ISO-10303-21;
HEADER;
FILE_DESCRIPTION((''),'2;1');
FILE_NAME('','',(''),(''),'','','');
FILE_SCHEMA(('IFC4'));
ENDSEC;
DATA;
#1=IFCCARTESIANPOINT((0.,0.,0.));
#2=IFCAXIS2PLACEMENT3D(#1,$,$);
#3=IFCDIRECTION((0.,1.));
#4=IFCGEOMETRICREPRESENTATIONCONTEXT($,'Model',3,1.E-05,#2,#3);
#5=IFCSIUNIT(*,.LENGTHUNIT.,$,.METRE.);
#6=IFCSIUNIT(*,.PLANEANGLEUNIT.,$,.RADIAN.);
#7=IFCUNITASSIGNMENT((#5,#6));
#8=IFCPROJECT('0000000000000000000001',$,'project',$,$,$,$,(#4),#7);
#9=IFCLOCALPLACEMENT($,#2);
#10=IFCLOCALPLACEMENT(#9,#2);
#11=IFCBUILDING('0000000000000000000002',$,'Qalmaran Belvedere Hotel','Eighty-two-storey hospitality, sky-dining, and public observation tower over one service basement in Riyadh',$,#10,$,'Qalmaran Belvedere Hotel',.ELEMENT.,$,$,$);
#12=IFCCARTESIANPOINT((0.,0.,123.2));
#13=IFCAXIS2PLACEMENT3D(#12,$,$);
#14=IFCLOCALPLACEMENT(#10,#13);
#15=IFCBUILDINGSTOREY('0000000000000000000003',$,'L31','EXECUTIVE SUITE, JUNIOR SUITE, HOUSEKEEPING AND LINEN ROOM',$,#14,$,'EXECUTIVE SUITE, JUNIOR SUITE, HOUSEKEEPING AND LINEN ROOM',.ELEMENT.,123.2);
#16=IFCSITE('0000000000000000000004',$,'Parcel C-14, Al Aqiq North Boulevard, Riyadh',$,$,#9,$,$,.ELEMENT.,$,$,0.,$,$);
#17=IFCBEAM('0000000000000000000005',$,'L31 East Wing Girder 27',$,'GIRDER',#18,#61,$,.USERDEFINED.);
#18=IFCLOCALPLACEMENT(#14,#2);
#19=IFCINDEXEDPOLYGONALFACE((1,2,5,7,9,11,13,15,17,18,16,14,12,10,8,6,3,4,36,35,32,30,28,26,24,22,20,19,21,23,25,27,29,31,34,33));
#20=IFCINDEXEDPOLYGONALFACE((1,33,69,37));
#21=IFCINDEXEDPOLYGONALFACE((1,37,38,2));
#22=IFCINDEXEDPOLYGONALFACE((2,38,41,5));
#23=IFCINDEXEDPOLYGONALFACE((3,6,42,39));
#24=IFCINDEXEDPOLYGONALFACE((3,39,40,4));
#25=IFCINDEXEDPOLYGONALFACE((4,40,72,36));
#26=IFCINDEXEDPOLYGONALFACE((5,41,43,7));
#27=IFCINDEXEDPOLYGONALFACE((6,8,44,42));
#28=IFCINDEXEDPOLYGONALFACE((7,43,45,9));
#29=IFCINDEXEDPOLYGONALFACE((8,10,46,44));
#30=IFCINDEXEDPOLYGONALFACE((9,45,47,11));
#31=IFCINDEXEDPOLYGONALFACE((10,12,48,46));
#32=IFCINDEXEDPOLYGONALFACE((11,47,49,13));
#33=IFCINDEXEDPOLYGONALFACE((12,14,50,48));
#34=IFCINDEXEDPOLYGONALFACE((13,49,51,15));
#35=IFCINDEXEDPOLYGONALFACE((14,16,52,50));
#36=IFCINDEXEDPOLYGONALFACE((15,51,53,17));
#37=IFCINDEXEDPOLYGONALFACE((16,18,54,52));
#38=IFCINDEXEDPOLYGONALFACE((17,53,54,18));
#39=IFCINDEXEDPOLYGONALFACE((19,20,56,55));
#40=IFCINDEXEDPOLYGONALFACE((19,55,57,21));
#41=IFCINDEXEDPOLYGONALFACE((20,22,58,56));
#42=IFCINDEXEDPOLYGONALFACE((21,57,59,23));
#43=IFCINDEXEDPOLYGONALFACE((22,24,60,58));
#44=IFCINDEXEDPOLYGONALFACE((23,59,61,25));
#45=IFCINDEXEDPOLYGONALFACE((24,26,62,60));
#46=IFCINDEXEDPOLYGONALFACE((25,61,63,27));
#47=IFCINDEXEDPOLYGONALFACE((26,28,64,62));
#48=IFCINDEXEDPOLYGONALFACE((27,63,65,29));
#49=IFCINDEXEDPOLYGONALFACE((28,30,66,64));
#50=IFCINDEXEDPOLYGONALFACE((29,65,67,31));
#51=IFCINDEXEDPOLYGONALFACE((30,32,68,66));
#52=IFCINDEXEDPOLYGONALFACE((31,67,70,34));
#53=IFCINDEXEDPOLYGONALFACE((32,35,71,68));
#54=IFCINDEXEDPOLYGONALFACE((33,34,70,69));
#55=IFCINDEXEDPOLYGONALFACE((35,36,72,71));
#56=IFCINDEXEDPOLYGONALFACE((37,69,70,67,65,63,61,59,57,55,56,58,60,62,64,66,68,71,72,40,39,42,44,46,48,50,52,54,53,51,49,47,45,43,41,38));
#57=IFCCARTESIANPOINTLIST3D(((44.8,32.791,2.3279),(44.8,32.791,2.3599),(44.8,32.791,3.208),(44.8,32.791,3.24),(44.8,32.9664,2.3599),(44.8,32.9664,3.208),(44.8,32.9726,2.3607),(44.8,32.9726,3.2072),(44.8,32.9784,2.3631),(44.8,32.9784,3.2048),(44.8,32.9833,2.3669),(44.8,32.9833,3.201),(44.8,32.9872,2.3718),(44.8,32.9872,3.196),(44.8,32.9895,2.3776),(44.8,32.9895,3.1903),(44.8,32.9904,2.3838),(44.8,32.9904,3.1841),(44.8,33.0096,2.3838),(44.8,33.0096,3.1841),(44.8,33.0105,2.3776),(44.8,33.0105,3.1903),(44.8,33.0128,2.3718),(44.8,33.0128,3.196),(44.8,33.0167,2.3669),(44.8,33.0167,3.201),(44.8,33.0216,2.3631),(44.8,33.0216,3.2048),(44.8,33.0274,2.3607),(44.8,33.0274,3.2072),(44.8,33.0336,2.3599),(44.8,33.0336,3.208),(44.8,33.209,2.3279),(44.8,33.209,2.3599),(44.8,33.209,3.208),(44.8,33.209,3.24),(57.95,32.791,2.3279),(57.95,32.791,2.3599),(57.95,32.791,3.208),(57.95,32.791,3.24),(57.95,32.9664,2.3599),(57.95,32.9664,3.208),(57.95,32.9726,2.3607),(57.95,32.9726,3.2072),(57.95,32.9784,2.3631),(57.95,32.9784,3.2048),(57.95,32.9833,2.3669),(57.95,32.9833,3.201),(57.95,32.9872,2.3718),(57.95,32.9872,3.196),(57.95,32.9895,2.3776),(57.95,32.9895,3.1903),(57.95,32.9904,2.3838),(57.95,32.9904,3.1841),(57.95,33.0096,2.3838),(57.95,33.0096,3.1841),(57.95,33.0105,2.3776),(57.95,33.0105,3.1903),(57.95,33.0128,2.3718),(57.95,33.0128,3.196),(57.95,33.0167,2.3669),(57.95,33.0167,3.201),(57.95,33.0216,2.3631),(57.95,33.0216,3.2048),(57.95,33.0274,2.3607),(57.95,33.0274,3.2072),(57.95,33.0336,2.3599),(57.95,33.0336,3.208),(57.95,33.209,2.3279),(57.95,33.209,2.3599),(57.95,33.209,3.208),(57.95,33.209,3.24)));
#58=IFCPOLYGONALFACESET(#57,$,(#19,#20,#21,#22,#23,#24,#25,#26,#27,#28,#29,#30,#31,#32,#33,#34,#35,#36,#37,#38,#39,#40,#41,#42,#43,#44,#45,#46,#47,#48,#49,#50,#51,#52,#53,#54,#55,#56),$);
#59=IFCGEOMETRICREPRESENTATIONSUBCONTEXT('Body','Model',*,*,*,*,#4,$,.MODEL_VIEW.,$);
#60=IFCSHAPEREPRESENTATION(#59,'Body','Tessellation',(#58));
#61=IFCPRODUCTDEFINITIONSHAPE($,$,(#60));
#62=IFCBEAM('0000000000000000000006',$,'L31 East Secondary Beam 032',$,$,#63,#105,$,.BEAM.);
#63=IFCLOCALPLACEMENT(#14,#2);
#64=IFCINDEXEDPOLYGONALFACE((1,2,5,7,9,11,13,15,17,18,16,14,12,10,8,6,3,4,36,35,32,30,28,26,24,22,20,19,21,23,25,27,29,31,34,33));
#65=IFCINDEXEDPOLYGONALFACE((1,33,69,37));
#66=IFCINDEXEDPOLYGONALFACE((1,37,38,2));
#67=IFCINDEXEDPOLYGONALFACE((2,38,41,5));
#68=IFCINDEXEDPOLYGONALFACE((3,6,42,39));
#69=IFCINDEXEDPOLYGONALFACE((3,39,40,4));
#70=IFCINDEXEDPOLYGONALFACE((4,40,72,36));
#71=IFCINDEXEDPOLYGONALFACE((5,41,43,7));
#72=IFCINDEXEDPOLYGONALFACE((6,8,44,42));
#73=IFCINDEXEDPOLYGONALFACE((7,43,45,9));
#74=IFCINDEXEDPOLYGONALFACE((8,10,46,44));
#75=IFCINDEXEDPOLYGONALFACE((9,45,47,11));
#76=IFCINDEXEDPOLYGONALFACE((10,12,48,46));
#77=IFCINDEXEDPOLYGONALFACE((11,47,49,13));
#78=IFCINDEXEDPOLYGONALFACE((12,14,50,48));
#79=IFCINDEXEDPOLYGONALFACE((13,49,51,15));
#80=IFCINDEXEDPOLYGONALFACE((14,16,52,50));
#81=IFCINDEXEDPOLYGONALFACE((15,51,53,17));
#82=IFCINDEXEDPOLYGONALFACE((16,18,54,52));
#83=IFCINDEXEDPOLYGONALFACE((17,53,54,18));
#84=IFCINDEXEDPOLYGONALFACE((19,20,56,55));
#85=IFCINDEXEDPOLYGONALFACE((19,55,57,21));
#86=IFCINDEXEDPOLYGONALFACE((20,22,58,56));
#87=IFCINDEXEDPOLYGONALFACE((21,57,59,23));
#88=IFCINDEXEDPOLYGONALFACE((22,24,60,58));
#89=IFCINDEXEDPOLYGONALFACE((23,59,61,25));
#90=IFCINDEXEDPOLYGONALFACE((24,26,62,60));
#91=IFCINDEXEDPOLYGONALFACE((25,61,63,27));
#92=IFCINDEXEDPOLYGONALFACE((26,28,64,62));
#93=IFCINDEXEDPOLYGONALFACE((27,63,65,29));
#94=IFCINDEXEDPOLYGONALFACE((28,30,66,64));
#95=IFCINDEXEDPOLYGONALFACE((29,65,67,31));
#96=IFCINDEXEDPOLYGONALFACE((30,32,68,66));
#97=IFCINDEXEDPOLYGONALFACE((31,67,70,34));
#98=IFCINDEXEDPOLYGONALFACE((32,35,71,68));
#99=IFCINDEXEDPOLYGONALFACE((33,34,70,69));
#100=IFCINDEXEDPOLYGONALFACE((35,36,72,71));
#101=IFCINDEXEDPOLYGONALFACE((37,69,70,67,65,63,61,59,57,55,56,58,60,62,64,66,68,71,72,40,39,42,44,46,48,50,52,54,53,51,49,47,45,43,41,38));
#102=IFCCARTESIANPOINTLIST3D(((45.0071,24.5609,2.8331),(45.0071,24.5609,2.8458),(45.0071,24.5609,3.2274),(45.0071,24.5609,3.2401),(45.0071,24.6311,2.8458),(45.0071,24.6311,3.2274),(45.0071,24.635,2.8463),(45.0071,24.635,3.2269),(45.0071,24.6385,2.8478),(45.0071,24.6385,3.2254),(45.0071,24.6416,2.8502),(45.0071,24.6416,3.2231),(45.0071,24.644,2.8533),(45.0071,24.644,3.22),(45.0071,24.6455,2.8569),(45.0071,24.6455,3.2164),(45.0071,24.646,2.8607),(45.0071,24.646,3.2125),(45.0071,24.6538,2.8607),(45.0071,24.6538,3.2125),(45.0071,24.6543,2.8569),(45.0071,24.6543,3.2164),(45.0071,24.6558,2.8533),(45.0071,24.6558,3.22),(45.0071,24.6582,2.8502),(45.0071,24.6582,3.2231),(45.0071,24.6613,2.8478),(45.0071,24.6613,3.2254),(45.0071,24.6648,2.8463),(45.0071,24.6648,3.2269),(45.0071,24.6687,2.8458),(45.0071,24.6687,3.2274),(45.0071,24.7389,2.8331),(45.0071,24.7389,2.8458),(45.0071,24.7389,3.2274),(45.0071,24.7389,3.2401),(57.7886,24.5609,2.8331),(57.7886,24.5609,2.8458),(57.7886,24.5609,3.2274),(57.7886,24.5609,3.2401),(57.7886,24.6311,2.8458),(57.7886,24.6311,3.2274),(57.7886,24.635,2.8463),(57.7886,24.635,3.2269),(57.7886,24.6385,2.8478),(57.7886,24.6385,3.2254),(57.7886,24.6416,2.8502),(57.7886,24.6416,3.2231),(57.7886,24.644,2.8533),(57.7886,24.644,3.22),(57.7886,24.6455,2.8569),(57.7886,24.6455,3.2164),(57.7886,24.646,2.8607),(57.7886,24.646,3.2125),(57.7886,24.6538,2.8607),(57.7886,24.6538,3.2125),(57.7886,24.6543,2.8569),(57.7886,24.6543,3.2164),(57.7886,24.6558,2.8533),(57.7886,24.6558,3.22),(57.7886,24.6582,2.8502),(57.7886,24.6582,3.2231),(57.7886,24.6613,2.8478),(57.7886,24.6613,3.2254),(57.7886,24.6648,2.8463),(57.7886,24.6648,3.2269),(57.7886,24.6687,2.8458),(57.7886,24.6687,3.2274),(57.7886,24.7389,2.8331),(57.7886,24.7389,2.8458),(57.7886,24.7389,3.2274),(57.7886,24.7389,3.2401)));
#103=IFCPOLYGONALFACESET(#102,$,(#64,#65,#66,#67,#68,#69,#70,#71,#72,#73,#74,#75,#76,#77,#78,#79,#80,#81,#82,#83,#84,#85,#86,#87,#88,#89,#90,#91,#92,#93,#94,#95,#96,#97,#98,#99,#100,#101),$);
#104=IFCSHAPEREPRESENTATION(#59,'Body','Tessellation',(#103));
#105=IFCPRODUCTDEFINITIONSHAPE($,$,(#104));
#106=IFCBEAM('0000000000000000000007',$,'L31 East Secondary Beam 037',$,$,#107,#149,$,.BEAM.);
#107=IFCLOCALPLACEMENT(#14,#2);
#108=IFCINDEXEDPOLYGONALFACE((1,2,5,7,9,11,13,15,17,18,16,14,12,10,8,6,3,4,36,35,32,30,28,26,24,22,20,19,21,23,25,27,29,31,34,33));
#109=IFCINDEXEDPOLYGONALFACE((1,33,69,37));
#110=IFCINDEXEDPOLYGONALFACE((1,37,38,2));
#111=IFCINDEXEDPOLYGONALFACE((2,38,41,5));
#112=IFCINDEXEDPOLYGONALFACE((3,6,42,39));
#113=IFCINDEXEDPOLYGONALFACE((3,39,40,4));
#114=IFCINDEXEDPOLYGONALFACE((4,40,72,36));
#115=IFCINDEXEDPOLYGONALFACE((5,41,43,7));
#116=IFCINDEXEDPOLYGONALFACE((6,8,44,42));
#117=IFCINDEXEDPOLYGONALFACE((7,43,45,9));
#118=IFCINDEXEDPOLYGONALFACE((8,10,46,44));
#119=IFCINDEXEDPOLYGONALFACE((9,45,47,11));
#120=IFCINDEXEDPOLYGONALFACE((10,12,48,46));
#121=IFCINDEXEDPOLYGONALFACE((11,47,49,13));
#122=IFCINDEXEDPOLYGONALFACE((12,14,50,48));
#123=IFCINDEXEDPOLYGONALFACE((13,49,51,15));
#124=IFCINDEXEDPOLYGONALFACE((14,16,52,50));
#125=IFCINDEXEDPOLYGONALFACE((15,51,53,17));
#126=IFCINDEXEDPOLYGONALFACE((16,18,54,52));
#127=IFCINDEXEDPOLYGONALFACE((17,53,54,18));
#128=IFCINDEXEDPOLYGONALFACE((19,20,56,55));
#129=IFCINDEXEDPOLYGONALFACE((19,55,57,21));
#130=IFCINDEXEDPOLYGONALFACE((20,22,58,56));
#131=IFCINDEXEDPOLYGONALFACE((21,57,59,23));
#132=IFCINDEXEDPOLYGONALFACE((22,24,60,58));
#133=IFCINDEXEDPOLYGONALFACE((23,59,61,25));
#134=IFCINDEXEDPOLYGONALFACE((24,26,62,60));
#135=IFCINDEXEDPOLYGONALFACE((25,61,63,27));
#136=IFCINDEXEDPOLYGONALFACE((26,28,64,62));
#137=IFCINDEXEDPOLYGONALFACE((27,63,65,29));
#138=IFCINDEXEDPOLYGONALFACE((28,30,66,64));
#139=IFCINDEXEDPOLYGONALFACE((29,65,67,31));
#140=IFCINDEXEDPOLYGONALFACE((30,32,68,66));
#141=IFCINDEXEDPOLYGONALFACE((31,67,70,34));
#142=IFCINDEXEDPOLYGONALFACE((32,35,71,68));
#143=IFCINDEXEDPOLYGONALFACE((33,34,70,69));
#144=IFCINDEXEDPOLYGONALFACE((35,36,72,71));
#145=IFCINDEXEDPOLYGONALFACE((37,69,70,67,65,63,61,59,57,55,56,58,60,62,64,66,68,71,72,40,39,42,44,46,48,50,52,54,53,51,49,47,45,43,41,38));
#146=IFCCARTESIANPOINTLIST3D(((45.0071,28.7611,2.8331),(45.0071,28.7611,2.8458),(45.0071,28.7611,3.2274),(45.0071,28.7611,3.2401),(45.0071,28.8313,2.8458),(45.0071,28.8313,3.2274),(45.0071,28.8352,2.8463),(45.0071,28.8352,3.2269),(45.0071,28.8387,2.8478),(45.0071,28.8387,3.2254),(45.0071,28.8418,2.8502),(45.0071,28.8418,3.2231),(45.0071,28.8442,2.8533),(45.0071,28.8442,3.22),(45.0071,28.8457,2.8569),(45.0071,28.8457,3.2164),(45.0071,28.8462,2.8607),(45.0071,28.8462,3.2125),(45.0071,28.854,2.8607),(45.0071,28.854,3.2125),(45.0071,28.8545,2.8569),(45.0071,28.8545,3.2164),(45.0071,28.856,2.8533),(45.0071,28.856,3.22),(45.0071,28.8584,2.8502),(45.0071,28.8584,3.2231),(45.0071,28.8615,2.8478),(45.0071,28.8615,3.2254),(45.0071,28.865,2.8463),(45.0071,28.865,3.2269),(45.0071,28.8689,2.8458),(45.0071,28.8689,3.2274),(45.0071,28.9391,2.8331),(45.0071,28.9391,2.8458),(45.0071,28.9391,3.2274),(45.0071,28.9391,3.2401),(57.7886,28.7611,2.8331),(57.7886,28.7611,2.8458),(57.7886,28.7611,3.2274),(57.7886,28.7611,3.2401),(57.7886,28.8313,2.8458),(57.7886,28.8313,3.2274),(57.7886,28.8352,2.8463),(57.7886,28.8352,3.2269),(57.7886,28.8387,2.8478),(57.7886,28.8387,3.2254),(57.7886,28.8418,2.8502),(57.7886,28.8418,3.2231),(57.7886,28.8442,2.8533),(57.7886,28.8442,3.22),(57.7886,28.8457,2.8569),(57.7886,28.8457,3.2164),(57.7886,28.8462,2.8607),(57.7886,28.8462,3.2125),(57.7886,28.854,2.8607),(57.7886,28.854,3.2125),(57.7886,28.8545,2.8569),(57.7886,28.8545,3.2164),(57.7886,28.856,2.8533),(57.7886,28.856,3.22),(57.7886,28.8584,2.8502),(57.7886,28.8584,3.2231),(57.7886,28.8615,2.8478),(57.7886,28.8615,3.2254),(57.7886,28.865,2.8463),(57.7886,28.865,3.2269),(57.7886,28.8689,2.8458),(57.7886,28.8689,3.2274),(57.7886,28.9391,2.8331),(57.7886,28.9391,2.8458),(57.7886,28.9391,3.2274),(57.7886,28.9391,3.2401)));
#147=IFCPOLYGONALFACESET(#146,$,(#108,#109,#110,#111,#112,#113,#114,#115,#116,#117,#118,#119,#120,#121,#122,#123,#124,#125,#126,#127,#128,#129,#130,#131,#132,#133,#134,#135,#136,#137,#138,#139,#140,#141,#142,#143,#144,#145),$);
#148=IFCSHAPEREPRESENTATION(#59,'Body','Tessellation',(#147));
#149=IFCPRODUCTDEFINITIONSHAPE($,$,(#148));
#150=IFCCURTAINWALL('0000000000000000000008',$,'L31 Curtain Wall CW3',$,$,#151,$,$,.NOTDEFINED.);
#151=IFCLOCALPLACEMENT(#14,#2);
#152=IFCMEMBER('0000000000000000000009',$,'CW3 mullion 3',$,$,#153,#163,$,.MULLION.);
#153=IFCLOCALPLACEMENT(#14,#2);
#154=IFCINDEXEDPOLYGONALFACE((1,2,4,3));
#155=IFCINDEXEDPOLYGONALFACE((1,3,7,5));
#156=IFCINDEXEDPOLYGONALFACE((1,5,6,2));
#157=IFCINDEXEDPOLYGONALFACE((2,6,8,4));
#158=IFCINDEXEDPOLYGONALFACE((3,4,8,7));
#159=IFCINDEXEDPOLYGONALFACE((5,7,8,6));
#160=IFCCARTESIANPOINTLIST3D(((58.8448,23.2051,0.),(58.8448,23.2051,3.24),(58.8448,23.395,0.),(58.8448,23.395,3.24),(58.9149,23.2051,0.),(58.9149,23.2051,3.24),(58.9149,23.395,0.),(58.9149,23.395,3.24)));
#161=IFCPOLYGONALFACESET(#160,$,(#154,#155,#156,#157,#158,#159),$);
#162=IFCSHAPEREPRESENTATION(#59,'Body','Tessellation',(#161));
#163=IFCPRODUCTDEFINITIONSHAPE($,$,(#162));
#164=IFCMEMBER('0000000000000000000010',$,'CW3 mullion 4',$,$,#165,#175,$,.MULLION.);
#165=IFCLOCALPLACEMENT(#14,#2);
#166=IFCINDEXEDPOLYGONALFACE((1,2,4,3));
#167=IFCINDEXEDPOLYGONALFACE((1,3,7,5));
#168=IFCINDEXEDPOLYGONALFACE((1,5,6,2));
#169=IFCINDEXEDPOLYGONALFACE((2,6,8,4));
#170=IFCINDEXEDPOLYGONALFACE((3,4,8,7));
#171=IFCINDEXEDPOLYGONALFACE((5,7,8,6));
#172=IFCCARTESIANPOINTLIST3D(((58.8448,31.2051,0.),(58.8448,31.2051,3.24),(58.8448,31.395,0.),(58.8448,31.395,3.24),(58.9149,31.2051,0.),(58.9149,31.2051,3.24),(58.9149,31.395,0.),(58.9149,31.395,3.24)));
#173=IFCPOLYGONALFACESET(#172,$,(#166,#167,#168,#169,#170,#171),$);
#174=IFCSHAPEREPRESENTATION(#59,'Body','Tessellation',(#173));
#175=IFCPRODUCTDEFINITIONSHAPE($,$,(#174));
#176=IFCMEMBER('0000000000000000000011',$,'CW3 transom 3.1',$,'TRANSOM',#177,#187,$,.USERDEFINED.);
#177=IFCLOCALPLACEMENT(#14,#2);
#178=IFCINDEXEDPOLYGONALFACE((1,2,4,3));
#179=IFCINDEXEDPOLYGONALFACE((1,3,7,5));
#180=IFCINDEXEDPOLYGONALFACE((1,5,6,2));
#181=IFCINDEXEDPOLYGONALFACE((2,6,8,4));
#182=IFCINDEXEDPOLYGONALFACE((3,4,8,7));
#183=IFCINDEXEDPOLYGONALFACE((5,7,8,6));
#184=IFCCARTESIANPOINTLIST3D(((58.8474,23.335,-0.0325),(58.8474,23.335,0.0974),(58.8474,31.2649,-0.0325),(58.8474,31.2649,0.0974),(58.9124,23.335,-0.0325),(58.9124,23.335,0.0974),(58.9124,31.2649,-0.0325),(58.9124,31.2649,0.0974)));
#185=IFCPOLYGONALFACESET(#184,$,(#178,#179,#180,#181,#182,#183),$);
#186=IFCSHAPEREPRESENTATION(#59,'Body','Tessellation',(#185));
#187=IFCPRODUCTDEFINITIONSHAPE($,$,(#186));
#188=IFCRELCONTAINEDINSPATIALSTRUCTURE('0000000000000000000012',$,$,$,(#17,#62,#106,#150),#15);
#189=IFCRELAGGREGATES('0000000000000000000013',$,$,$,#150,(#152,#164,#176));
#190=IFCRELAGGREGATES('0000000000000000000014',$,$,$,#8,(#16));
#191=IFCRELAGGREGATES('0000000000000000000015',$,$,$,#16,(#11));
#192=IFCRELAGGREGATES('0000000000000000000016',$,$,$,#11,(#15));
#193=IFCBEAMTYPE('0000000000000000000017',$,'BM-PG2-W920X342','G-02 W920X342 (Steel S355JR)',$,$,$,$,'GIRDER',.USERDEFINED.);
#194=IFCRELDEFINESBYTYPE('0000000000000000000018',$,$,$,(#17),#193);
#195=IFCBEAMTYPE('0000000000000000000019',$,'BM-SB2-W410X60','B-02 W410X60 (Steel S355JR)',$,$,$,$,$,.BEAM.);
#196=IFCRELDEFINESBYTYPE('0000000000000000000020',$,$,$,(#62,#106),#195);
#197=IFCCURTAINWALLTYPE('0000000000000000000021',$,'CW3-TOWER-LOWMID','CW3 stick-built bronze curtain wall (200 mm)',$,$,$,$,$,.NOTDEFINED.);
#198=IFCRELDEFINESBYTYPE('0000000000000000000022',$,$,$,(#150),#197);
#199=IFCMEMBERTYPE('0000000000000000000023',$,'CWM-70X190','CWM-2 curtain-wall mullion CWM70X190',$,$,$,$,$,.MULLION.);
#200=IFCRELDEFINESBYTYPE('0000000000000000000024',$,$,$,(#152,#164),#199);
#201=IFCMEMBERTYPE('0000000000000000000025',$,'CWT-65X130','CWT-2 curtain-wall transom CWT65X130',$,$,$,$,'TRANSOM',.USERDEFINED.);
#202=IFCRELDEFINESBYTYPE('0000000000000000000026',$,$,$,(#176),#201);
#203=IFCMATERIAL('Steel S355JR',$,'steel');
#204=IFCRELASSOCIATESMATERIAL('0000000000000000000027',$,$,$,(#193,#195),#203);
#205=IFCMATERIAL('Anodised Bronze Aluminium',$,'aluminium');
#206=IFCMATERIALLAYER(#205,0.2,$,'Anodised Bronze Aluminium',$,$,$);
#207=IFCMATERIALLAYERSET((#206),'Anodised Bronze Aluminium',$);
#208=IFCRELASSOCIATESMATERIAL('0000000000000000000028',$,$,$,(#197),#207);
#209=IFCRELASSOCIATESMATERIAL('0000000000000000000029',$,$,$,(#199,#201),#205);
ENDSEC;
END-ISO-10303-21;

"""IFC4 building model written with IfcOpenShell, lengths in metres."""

from ifc_helpers import new_model, si_unit, direction, frame, origin, origin_2d, place, context, subcontext, project, spatial, rectangle, i_section, extrude, material, layer, layer_set, material_profile, profile_set, type_object, element, aggregate, save


model = new_model("IFC4")

# Units and contexts
model_context = context("Model", 3, precision=1e-05, world=origin(), true_north=direction((0.0, 1.0)))
body_context = subcontext(model_context, "Body", "Model", "MODEL_VIEW")
ifc_project = project(units=[si_unit("LENGTHUNIT", "METRE"), si_unit("PLANEANGLEUNIT", "RADIAN")], contexts=[model_context])

# Site, building, storey
site_placement = place(None, origin())
site = spatial("IfcSite", under=ifc_project, at=site_placement, Name="Parcel C-14, Al Aqiq North Boulevard, Riyadh", CompositionType="ELEMENT", RefElevation=0.0)
building_placement = place(site_placement, origin())
building = spatial("IfcBuilding", under=site, at=building_placement, Name="Qalmaran Belvedere Hotel", Description="Eighty-two-storey hospitality, sky-dining, and public observation tower over one service basement in Riyadh", LongName="Qalmaran Belvedere Hotel", CompositionType="ELEMENT")
storey_placement = place(building_placement, frame((0.0, 0.0, 123.2)))
storey = spatial("IfcBuildingStorey", under=building, at=storey_placement, Name="L31", Description="EXECUTIVE SUITE, JUNIOR SUITE, HOUSEKEEPING AND LINEN ROOM", LongName="EXECUTIVE SUITE, JUNIOR SUITE, HOUSEKEEPING AND LINEN ROOM", CompositionType="ELEMENT", Elevation=123.2)

# Beams
ifc_material_1 = material(Name="Steel S355JR", Category="steel")
ifc_material_profile_1 = material_profile(ifc_material_1, i_section(OverallWidth=0.418, OverallDepth=0.9121, WebThickness=0.0193, FlangeThickness=0.032, FilletRadius=0.0239, at=origin_2d()), Name="W920X342")
ifc_profile_set_1 = profile_set([ifc_material_profile_1], Name="Steel S355JR")
beam_type_1 = type_object("IfcBeamType", Name="BM-PG2-W920X342", Description="G-02 W920X342 (Steel S355JR)", ElementType="GIRDER", PredefinedType="USERDEFINED", material=ifc_profile_set_1)
beam_placement = place(storey_placement, frame((44.8, 33.0, 2.7839), z_axis=(1.0, 0.0, 0.0), x_axis=(0.0, 1.0, 0.0)))
element("IfcBeam", 1, at=beam_placement, inside=storey, type_object=beam_type_1, Name="L31 East Wing Girder 27", ObjectType="GIRDER", PredefinedType="USERDEFINED", context=body_context, shape_type="SweptSolid", body=[
    extrude(i_section(OverallWidth=0.418, OverallDepth=0.9121, WebThickness=0.0193, FlangeThickness=0.032, FilletRadius=0.0239, at=origin_2d()), origin(), (0.0, 0.0, 1.0), 13.1499),
])
ifc_material_profile_2 = material_profile(ifc_material_1, i_section(OverallWidth=0.178, OverallDepth=0.407, WebThickness=0.0078, FlangeThickness=0.0127, FilletRadius=0.0149, at=origin_2d()), Name="W410X60")
ifc_profile_set_2 = profile_set([ifc_material_profile_2], Name="Steel S355JR")
beam_type_2 = type_object("IfcBeamType", Name="BM-SB2-W410X60", Description="B-02 W410X60 (Steel S355JR)", PredefinedType="BEAM", material=ifc_profile_set_2)
for number, where, z_axis, x_axis, name in (
    (2, (45.0071, 24.6499, 3.0366), (1.0, 0.0, 0.0), (0.0, 1.0, 0.0), "L31 East Secondary Beam 032"),
    (3, (45.0071, 28.8501, 3.0366), (1.0, 0.0, 0.0), (0.0, 1.0, 0.0), "L31 East Secondary Beam 037"),
):
    element("IfcBeam", number, at=place(storey_placement, frame(where, z_axis=z_axis, x_axis=x_axis)), inside=storey, type_object=beam_type_2, Name=name, PredefinedType="BEAM", context=body_context, shape_type="SweptSolid", body=[
        extrude(i_section(OverallWidth=0.178, OverallDepth=0.407, WebThickness=0.0078, FlangeThickness=0.0127, FilletRadius=0.0149, at=origin_2d()), origin(), (0.0, 0.0, 1.0), 12.7815),
    ])

# Curtain wall, members
ifc_material_2 = material(Name="Anodised Bronze Aluminium", Category="aluminium")
ifc_layer_1 = layer(ifc_material_2, 0.2, Name="Anodised Bronze Aluminium")
ifc_layer_set_1 = layer_set([ifc_layer_1], Name="Anodised Bronze Aluminium")
curtain_wall_type = type_object("IfcCurtainWallType", Name="CW3-TOWER-LOWMID", Description="CW3 stick-built bronze curtain wall (200 mm)", PredefinedType="NOTDEFINED", material=ifc_layer_set_1)
curtain_wall_placement = place(storey_placement, origin())
curtain_wall = element("IfcCurtainWall", 4, at=curtain_wall_placement, inside=storey, type_object=curtain_wall_type, Name="L31 Curtain Wall CW3", PredefinedType="NOTDEFINED")
ifc_material_profile_3 = material_profile(ifc_material_2, rectangle(XDim=0.0701, YDim=0.1899, at=origin_2d()), Name="CWM70X190")
ifc_profile_set_3 = profile_set([ifc_material_profile_3], Name="Anodised Bronze Aluminium")
member_type_1 = type_object("IfcMemberType", Name="CWM-70X190", Description="CWM-2 curtain-wall mullion CWM70X190", PredefinedType="MULLION", material=ifc_profile_set_3)
member_1_placement = place(storey_placement, frame((58.8799, 23.3, 0.0), z_axis=(0.0, 0.0, 1.0), x_axis=(-1.0, 0.0, 0.0)))
member_1 = element("IfcMember", 5, at=member_1_placement, type_object=member_type_1, Name="CW3 mullion 3", PredefinedType="MULLION", context=body_context, shape_type="SweptSolid", body=[
    extrude(rectangle(XDim=0.0701, YDim=0.1899, at=origin_2d()), origin(), (0.0, 0.0, 1.0), 3.24),
])
member_2_placement = place(storey_placement, frame((58.8799, 31.3, 0.0), z_axis=(0.0, 0.0, 1.0), x_axis=(-1.0, 0.0, 0.0)))
member_2 = element("IfcMember", 6, at=member_2_placement, type_object=member_type_1, Name="CW3 mullion 4", PredefinedType="MULLION", context=body_context, shape_type="SweptSolid", body=[
    extrude(rectangle(XDim=0.0701, YDim=0.1899, at=origin_2d()), origin(), (0.0, 0.0, 1.0), 3.24),
])
ifc_material_profile_4 = material_profile(ifc_material_2, rectangle(XDim=0.0649, YDim=0.1299, at=origin_2d()), Name="CWT65X130")
ifc_profile_set_4 = profile_set([ifc_material_profile_4], Name="Anodised Bronze Aluminium")
member_type_2 = type_object("IfcMemberType", Name="CWT-65X130", Description="CWT-2 curtain-wall transom CWT65X130", ElementType="TRANSOM", PredefinedType="USERDEFINED", material=ifc_profile_set_4)
member_3_placement = place(storey_placement, frame((58.8799, 23.335, 0.0325), z_axis=(0.0, 1.0, 0.0), x_axis=(-1.0, 0.0, 0.0)))
member_3 = element("IfcMember", 7, at=member_3_placement, type_object=member_type_2, Name="CW3 transom 3.1", ObjectType="TRANSOM", PredefinedType="USERDEFINED", context=body_context, shape_type="SweptSolid", body=[
    extrude(rectangle(XDim=0.0649, YDim=0.1299, at=origin_2d()), origin(), (0.0, 0.0, 1.0), 7.9299),
])
aggregate(curtain_wall, [member_1, member_2, member_3])

save(model, "model.ifc")
